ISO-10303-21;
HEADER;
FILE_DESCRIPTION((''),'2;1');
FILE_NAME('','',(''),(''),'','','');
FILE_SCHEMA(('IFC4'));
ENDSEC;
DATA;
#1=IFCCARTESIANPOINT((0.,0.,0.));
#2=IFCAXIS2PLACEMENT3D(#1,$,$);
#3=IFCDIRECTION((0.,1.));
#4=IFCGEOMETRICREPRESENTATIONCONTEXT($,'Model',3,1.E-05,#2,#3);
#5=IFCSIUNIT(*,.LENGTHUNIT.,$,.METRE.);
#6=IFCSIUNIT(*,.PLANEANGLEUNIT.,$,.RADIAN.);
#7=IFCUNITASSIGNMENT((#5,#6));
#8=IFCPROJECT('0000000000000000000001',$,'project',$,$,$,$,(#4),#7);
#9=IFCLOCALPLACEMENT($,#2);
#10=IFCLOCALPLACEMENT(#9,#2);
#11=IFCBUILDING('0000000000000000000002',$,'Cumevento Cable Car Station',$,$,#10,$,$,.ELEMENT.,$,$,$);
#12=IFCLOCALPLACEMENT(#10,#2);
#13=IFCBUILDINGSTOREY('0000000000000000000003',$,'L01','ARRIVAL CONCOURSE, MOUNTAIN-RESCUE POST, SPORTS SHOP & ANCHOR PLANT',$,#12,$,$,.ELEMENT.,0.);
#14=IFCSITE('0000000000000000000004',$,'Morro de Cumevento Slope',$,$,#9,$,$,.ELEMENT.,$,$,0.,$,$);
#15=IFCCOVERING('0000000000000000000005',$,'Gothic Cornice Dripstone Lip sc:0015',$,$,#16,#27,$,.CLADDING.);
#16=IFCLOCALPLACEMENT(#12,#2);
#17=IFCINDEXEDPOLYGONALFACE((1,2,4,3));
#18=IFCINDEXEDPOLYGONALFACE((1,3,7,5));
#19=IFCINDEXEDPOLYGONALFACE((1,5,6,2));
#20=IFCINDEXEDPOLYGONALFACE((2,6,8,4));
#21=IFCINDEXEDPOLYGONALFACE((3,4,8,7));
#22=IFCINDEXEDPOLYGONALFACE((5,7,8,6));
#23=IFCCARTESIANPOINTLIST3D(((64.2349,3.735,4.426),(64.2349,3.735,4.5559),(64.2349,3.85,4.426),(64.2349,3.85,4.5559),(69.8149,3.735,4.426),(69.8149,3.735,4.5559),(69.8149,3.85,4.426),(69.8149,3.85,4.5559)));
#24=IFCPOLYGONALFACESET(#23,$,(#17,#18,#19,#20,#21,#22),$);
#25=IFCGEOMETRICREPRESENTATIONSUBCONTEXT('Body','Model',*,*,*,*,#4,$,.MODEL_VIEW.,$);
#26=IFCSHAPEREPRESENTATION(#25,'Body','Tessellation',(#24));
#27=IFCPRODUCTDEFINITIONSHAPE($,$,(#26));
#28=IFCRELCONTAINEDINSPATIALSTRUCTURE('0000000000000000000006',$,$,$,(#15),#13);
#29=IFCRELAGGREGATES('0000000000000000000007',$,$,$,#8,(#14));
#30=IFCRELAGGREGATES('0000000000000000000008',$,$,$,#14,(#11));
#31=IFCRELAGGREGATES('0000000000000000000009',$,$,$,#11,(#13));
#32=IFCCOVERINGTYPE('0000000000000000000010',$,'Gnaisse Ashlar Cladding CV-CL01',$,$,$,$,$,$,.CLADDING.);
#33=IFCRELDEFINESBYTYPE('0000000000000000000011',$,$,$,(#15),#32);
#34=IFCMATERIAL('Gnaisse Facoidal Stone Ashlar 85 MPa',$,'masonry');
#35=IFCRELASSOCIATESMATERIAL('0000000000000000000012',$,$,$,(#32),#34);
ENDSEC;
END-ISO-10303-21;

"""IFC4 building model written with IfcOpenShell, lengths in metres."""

from ifc_helpers import new_model, si_unit, direction, frame, origin, origin_2d, place, context, subcontext, project, spatial, rectangle, extrude, material, type_object, element, save


model = new_model("IFC4")

# Units and contexts
model_context = context("Model", 3, precision=1e-05, world=origin(), true_north=direction((0.0, 1.0)))
body_context = subcontext(model_context, "Body", "Model", "MODEL_VIEW")
ifc_project = project(units=[si_unit("LENGTHUNIT", "METRE"), si_unit("PLANEANGLEUNIT", "RADIAN")], contexts=[model_context])

# Site, building, storey
site_placement = place(None, origin())
site = spatial("IfcSite", under=ifc_project, at=site_placement, Name="Morro de Cumevento Slope", CompositionType="ELEMENT", RefElevation=0.0)
building_placement = place(site_placement, origin())
building = spatial("IfcBuilding", under=site, at=building_placement, Name="Cumevento Cable Car Station", CompositionType="ELEMENT")
storey_placement = place(building_placement, origin())
storey = spatial("IfcBuildingStorey", under=building, at=storey_placement, Name="L01", Description="ARRIVAL CONCOURSE, MOUNTAIN-RESCUE POST, SPORTS SHOP & ANCHOR PLANT", CompositionType="ELEMENT", Elevation=0.0)

# Covering
ifc_material_1 = material(Name="Gnaisse Facoidal Stone Ashlar 85 MPa", Category="masonry")
covering_type = type_object("IfcCoveringType", Name="Gnaisse Ashlar Cladding CV-CL01", PredefinedType="CLADDING", material=ifc_material_1)
covering_1_placement = place(storey_placement, frame((67.0249, 3.7925, 4.426), z_axis=(0.0, 0.0, 1.0), x_axis=(-1.0, 0.0, 0.0)))
element("IfcCovering", 1, at=covering_1_placement, inside=storey, type_object=covering_type, Name="Gothic Cornice Dripstone Lip sc:0015", PredefinedType="CLADDING", context=body_context, shape_type="SweptSolid", body=[
    extrude(rectangle(XDim=5.5801, YDim=0.115, at=origin_2d()), origin(), (0.0, 0.0, 1.0), 0.1299),
])

save(model, "model.ifc")
